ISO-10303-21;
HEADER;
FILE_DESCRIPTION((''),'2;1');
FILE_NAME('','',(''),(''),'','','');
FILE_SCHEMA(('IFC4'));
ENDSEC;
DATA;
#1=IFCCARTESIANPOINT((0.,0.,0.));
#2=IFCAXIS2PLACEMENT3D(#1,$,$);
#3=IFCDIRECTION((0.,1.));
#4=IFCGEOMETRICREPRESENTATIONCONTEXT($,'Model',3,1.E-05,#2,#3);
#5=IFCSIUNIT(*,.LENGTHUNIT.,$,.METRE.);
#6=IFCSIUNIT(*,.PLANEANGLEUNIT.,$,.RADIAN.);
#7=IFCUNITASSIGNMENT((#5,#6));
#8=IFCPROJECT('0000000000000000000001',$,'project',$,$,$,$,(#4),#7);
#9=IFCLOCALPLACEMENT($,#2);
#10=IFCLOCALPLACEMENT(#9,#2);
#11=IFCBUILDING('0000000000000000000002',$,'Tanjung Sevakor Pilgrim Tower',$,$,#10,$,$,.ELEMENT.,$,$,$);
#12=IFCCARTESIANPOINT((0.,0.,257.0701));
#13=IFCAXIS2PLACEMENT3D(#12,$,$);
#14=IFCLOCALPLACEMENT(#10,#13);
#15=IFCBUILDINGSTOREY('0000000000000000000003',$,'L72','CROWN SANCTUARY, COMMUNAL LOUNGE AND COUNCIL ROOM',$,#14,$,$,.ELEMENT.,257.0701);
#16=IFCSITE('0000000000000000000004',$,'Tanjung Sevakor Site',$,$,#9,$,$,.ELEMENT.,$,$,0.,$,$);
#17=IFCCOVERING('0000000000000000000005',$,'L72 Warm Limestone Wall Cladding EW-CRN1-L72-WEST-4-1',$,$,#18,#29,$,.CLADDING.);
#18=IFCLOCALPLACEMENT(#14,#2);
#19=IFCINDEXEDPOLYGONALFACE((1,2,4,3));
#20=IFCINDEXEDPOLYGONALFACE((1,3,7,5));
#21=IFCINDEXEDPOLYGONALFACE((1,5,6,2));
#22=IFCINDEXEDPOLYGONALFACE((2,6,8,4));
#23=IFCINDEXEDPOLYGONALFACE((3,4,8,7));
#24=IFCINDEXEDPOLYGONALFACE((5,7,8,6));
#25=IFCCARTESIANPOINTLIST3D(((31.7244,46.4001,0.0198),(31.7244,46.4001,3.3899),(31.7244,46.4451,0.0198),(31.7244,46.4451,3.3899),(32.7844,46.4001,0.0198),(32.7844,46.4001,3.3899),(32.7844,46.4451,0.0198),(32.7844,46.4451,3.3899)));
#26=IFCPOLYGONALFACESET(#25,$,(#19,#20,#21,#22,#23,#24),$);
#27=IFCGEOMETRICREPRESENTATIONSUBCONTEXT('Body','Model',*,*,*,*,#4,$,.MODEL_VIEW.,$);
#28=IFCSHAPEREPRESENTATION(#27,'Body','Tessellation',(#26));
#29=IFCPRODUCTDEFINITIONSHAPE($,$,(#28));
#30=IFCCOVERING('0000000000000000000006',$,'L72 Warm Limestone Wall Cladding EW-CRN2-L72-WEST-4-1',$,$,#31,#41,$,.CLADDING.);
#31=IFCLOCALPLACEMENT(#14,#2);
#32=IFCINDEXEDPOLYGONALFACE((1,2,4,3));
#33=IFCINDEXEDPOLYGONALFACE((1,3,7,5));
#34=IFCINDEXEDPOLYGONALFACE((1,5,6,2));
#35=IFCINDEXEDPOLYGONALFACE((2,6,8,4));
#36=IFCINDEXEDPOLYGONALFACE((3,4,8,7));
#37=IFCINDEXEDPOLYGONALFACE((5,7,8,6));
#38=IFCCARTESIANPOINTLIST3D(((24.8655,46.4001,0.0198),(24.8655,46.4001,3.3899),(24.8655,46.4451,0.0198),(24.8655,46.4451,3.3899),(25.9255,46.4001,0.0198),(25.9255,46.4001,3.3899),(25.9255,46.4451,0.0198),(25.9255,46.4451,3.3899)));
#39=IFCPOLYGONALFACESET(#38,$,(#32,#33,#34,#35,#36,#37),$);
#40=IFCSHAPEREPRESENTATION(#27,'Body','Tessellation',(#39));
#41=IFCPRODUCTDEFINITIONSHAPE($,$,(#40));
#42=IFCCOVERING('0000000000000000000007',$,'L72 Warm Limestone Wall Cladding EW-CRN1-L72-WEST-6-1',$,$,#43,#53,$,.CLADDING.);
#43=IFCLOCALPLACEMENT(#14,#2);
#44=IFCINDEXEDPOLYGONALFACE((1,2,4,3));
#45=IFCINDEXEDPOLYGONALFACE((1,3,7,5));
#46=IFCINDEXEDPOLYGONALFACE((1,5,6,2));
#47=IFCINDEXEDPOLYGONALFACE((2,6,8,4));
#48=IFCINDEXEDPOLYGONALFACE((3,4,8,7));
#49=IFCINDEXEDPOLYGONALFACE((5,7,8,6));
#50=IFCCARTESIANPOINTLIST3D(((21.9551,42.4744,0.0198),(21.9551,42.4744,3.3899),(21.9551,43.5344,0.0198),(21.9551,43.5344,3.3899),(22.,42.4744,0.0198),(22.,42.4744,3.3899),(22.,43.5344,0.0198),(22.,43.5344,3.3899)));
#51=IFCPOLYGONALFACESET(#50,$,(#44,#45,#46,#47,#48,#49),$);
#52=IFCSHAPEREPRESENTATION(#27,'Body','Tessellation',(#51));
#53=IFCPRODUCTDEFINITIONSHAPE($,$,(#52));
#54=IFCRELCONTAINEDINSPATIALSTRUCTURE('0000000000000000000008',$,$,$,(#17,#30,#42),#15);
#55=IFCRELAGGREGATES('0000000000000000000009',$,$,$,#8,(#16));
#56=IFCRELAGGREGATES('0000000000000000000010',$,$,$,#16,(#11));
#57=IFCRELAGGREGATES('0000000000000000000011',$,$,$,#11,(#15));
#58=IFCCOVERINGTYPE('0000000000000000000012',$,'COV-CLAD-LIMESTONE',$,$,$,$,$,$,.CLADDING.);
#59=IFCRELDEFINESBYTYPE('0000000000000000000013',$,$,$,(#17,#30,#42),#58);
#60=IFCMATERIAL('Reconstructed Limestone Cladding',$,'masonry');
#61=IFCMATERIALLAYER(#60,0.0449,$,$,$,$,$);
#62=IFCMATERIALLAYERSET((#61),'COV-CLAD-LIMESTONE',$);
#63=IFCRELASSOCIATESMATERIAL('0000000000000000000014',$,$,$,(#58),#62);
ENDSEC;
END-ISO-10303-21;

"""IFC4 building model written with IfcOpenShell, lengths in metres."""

from ifc_helpers import new_model, si_unit, direction, frame, origin, origin_2d, place, context, subcontext, project, spatial, rectangle, extrude, material, layer, layer_set, type_object, element, save


model = new_model("IFC4")

# Units and contexts
model_context = context("Model", 3, precision=1e-05, world=origin(), true_north=direction((0.0, 1.0)))
body_context = subcontext(model_context, "Body", "Model", "MODEL_VIEW")
ifc_project = project(units=[si_unit("LENGTHUNIT", "METRE"), si_unit("PLANEANGLEUNIT", "RADIAN")], contexts=[model_context])

# Site, building, storey
site_placement = place(None, origin())
site = spatial("IfcSite", under=ifc_project, at=site_placement, Name="Tanjung Sevakor Site", CompositionType="ELEMENT", RefElevation=0.0)
building_placement = place(site_placement, origin())
building = spatial("IfcBuilding", under=site, at=building_placement, Name="Tanjung Sevakor Pilgrim Tower", CompositionType="ELEMENT")
storey_placement = place(building_placement, frame((0.0, 0.0, 257.0701)))
storey = spatial("IfcBuildingStorey", under=building, at=storey_placement, Name="L72", Description="CROWN SANCTUARY, COMMUNAL LOUNGE AND COUNCIL ROOM", CompositionType="ELEMENT", Elevation=257.0701)

# Coverings
ifc_material_1 = material(Name="Reconstructed Limestone Cladding", Category="masonry")
ifc_layer_1 = layer(ifc_material_1, 0.0449)
ifc_layer_set_1 = layer_set([ifc_layer_1], Name="COV-CLAD-LIMESTONE")
covering_type = type_object("IfcCoveringType", Name="COV-CLAD-LIMESTONE", PredefinedType="CLADDING", material=ifc_layer_set_1)
for number, where, z_axis, x_axis, name in (
    (1, (32.2544, 46.4226, 0.0198), (0.0, 0.0, 1.0), (-1.0, 0.0, 0.0), "L72 Warm Limestone Wall Cladding EW-CRN1-L72-WEST-4-1"),
    (2, (25.3955, 46.4226, 0.0198), (0.0, 0.0, 1.0), (-1.0, 0.0, 0.0), "L72 Warm Limestone Wall Cladding EW-CRN2-L72-WEST-4-1"),
    (3, (21.9775, 43.0044, 0.0198), (0.0, 0.0, 1.0), (0.0, -1.0, 0.0), "L72 Warm Limestone Wall Cladding EW-CRN1-L72-WEST-6-1"),
):
    element("IfcCovering", number, at=place(storey_placement, frame(where, z_axis=z_axis, x_axis=x_axis)), inside=storey, type_object=covering_type, Name=name, PredefinedType="CLADDING", context=body_context, shape_type="SweptSolid", body=[
        extrude(rectangle(XDim=1.0601, YDim=0.0449, at=origin_2d()), origin(), (0.0, 0.0, 1.0), 3.3701),
    ])

save(model, "model.ifc")
